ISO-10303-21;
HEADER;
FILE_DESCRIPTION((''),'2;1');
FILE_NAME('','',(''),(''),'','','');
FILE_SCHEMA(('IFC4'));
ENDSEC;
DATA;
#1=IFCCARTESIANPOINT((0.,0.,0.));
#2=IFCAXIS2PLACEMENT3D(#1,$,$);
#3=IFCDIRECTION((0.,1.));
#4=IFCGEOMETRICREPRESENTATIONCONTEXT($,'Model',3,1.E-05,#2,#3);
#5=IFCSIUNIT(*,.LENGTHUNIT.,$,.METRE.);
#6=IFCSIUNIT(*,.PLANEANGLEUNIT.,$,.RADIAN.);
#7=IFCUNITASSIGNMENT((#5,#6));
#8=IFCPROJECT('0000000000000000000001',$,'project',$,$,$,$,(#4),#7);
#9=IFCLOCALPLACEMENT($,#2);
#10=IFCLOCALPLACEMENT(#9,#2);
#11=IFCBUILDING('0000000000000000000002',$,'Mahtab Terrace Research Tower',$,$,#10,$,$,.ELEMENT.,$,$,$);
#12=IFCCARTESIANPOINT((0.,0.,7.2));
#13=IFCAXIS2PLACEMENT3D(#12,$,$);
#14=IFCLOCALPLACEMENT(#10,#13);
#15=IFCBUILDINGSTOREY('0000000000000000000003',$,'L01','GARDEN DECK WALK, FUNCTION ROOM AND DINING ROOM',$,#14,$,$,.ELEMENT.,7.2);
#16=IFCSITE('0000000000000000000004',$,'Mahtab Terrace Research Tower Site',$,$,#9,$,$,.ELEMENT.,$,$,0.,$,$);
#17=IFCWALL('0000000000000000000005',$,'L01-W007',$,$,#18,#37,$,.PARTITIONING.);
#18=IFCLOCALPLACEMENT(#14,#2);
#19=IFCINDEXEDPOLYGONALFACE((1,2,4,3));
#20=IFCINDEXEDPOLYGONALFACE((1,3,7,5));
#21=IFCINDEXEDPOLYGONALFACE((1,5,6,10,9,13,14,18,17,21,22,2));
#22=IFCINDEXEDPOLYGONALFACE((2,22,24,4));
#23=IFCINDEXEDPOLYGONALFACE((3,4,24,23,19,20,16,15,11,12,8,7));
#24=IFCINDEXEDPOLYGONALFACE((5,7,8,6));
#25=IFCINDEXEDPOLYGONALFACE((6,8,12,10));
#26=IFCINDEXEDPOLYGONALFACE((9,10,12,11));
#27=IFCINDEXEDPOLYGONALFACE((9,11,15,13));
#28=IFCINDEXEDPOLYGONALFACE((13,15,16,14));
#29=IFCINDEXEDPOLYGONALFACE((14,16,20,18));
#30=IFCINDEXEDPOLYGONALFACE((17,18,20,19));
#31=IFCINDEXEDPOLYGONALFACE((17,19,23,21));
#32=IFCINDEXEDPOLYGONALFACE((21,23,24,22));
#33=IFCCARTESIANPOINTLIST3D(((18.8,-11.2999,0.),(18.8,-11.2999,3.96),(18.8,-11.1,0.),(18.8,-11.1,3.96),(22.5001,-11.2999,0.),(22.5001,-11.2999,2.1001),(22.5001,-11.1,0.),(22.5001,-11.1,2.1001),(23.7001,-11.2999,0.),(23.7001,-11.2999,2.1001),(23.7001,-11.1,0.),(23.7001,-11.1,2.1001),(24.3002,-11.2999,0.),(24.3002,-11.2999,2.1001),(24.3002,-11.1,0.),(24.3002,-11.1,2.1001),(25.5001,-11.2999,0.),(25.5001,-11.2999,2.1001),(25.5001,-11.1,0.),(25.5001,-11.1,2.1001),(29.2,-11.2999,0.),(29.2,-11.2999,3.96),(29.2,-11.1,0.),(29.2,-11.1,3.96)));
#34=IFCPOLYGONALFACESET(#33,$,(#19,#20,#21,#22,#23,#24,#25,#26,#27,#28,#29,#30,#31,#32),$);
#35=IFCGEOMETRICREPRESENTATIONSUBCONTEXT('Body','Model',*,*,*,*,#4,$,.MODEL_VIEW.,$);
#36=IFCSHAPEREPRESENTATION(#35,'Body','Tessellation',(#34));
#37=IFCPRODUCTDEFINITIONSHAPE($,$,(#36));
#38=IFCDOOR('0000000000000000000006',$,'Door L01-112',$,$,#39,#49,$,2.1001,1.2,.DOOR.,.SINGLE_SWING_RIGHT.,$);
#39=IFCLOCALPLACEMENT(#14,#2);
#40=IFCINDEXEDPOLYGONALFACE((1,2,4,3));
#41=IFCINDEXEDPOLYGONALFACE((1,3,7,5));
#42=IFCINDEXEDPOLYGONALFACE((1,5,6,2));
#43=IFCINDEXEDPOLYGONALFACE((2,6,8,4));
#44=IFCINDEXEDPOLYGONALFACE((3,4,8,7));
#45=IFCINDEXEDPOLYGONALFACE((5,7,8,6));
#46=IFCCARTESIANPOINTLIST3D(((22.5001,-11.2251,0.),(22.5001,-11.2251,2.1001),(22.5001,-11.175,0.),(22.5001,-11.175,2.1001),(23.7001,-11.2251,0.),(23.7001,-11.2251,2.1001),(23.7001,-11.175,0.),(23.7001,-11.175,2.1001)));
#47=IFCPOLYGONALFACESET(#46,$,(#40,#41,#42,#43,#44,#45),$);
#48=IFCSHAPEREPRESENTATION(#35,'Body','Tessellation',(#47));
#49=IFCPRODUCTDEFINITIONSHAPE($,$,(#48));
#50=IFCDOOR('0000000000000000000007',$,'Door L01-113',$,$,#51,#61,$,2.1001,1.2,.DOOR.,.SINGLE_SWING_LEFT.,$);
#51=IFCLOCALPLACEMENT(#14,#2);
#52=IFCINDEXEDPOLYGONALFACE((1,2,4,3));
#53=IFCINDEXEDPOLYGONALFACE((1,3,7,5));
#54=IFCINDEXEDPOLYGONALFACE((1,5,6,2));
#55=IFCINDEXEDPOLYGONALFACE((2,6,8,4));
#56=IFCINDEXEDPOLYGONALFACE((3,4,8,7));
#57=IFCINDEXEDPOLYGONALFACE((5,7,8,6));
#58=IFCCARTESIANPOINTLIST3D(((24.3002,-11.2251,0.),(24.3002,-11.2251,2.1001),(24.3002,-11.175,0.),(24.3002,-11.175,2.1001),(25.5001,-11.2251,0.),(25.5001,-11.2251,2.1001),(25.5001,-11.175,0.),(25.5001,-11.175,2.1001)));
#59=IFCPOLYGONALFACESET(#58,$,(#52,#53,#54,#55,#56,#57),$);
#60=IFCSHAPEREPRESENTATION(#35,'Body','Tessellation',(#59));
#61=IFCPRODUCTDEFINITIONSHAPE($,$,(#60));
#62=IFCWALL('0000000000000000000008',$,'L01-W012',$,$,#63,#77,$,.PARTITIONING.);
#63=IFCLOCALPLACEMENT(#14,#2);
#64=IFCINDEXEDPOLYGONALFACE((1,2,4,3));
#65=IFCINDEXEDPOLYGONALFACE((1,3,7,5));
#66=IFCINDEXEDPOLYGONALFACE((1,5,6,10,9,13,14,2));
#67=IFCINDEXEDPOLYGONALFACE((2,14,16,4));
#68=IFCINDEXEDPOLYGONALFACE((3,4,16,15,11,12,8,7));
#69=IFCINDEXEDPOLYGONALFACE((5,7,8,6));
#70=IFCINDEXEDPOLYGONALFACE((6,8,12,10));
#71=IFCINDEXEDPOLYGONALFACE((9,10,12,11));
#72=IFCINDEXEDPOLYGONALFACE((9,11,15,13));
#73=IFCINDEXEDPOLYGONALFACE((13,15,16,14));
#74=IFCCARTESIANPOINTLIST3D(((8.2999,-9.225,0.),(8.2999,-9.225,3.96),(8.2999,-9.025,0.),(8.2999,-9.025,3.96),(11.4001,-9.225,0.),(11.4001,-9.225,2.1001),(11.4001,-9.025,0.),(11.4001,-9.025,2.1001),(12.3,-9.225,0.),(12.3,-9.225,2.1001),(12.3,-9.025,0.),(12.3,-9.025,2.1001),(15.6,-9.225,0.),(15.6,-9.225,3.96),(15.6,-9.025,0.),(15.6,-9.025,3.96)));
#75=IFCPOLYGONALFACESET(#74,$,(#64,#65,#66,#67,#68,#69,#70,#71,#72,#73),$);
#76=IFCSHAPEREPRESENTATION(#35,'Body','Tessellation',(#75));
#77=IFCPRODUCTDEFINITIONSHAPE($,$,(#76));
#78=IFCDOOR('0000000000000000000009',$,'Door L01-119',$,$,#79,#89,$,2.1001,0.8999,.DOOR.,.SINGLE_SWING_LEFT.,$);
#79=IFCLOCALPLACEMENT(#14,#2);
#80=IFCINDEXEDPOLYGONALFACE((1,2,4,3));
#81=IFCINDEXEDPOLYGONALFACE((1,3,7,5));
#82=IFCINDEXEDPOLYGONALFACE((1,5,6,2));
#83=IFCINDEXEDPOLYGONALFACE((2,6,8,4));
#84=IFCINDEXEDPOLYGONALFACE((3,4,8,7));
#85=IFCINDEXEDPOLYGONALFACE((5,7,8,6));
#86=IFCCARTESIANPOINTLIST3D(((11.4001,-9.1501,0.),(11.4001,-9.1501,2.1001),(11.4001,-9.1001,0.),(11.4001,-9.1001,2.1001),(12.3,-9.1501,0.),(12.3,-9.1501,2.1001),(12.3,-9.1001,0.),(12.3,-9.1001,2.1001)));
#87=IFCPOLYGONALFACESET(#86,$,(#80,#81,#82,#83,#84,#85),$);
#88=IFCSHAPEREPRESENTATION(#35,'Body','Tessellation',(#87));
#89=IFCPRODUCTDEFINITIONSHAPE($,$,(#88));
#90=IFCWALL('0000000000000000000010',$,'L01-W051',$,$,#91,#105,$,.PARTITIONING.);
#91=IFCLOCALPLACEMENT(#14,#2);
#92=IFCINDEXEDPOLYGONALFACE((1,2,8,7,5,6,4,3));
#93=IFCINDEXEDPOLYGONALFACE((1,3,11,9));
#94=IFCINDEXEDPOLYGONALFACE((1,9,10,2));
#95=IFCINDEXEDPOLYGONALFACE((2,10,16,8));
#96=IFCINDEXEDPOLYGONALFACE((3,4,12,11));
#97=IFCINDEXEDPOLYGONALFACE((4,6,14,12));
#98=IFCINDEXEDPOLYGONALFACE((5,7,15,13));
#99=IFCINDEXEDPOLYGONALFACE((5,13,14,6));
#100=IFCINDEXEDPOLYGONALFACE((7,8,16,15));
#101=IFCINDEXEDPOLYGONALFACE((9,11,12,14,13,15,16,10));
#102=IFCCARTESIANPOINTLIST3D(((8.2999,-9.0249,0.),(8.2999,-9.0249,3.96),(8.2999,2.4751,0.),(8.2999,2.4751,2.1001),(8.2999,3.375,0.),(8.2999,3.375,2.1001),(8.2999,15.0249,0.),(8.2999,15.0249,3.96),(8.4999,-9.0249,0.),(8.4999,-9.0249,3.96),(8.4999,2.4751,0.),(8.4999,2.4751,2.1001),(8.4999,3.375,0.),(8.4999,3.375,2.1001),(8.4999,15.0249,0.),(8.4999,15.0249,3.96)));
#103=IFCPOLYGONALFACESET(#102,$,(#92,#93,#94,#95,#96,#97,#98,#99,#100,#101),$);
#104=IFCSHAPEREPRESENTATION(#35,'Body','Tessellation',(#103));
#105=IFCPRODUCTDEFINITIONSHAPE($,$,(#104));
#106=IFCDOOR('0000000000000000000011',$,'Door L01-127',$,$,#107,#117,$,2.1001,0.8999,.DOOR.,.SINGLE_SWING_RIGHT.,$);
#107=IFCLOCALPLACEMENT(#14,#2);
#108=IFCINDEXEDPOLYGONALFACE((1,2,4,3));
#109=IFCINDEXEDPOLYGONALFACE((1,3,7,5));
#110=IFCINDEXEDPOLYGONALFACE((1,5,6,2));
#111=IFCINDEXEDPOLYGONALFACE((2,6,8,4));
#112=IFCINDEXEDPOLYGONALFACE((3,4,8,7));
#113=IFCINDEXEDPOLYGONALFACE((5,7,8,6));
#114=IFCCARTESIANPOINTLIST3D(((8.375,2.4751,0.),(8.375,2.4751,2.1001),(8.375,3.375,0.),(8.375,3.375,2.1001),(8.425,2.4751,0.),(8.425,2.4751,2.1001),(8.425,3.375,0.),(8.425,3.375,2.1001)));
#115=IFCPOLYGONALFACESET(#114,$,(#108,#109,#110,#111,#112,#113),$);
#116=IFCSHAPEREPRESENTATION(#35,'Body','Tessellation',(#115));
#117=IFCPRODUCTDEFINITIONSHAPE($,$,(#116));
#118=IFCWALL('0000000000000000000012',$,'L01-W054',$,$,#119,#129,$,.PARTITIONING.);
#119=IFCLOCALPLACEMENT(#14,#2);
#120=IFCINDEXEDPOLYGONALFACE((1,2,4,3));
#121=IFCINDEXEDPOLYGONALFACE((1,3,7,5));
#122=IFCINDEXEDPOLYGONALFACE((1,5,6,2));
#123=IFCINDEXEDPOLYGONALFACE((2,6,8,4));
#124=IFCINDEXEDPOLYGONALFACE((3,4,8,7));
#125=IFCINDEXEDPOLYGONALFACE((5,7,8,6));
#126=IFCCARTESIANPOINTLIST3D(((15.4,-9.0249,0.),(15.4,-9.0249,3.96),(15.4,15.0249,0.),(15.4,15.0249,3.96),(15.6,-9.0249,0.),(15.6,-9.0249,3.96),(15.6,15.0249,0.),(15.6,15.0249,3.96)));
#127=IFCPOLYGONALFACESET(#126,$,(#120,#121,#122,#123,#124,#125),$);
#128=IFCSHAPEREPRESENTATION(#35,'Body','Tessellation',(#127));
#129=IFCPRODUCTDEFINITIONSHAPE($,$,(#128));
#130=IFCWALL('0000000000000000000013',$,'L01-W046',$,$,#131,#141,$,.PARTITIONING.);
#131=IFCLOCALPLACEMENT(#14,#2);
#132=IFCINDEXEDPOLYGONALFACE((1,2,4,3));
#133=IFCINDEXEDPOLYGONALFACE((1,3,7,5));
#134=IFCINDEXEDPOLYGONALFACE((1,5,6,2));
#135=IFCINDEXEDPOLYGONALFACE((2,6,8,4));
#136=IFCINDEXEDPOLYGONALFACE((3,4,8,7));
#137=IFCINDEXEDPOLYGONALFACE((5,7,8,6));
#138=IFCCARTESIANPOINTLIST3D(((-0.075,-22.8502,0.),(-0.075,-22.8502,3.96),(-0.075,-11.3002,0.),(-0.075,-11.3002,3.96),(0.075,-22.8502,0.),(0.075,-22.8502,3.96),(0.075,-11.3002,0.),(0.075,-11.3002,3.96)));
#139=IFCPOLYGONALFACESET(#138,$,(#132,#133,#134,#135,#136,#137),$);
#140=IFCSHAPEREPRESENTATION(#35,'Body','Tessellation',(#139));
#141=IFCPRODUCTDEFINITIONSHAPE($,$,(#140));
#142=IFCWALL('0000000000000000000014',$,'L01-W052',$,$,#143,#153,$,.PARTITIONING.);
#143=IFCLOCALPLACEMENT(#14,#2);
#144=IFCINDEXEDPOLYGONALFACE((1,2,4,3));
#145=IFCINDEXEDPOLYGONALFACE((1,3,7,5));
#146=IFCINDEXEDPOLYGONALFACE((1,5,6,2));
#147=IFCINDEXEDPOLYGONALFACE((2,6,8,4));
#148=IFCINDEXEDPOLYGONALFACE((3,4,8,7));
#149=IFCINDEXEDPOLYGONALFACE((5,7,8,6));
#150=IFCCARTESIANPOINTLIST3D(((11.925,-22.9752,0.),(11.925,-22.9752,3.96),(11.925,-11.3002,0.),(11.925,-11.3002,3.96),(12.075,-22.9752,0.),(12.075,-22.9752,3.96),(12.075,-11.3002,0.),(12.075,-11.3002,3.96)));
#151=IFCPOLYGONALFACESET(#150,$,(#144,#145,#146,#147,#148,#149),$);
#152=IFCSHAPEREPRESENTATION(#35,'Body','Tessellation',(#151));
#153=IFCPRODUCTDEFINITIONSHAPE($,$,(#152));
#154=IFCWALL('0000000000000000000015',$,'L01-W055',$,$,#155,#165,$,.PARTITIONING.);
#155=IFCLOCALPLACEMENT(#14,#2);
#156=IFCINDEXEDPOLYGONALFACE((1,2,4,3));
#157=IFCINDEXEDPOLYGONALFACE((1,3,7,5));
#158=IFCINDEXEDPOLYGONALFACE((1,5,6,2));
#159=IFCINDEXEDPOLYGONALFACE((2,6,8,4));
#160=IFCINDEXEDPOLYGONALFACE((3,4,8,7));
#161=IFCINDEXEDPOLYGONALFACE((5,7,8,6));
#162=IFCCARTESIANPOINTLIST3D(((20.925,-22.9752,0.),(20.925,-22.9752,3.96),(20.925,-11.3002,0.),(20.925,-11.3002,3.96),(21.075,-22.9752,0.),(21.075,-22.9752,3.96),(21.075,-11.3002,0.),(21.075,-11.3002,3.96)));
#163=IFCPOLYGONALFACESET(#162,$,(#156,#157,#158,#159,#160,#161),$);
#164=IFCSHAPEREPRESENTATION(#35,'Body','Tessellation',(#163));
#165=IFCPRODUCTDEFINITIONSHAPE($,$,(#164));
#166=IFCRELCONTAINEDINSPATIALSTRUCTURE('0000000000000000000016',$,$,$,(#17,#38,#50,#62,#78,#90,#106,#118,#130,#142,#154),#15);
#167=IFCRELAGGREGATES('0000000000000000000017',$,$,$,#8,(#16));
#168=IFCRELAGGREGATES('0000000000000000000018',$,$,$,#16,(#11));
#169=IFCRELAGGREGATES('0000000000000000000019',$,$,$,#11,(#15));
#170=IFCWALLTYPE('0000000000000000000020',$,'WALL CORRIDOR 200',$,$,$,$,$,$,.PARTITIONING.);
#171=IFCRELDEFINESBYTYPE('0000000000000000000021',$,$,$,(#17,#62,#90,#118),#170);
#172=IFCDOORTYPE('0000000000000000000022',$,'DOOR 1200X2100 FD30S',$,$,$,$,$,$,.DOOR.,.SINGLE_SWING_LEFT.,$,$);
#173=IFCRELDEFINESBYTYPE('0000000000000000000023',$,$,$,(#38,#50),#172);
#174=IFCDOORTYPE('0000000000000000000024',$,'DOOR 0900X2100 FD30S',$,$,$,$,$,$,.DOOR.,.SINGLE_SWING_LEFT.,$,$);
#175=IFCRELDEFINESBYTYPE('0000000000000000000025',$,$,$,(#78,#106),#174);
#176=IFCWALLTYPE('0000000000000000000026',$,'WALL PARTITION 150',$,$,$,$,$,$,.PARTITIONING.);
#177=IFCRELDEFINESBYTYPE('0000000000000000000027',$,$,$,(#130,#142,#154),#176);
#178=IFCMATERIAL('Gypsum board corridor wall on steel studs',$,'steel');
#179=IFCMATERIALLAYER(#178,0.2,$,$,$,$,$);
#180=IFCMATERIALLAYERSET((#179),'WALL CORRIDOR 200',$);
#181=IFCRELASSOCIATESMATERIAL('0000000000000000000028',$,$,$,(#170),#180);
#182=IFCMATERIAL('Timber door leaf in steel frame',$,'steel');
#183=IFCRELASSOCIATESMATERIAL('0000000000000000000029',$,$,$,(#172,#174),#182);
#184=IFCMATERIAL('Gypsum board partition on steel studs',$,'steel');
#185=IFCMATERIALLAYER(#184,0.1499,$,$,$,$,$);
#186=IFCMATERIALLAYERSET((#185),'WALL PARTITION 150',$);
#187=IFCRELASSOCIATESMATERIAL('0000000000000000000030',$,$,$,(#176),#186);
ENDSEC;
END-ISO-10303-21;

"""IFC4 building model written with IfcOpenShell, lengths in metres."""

from ifc_helpers import new_model, si_unit, direction, frame, frame_2d, origin, place, context, subcontext, project, spatial, rectangle, extrude, material, layer, layer_set, type_object, element, fill, save


model = new_model("IFC4")

# Units and contexts
model_context = context("Model", 3, precision=1e-05, world=origin(), true_north=direction((0.0, 1.0)))
body_context = subcontext(model_context, "Body", "Model", "MODEL_VIEW")
ifc_project = project(units=[si_unit("LENGTHUNIT", "METRE"), si_unit("PLANEANGLEUNIT", "RADIAN")], contexts=[model_context])

# Site, building, storey
site_placement = place(None, origin())
site = spatial("IfcSite", under=ifc_project, at=site_placement, Name="Mahtab Terrace Research Tower Site", CompositionType="ELEMENT", RefElevation=0.0)
building_placement = place(site_placement, origin())
building = spatial("IfcBuilding", under=site, at=building_placement, Name="Mahtab Terrace Research Tower", CompositionType="ELEMENT")
storey_placement = place(building_placement, frame((0.0, 0.0, 7.2)))
storey = spatial("IfcBuildingStorey", under=building, at=storey_placement, Name="L01", Description="GARDEN DECK WALK, FUNCTION ROOM AND DINING ROOM", CompositionType="ELEMENT", Elevation=7.2)

# Wall, openings, doors
ifc_material_1 = material(Name="Gypsum board corridor wall on steel studs", Category="steel")
ifc_layer_1 = layer(ifc_material_1, 0.2)
ifc_layer_set_1 = layer_set([ifc_layer_1], Name="WALL CORRIDOR 200")
wall_type_1 = type_object("IfcWallType", Name="WALL CORRIDOR 200", PredefinedType="PARTITIONING", material=ifc_layer_set_1)
ifc_material_2 = material(Name="Timber door leaf in steel frame", Category="steel")
door_type_1 = type_object("IfcDoorType", Name="DOOR 1200X2100 FD30S", OperationType="SINGLE_SWING_LEFT", PredefinedType="DOOR", material=ifc_material_2)
wall_1_placement = place(storey_placement, frame((18.8, -11.2, 0.0), z_axis=(0.0, 0.0, 1.0), x_axis=(1.0, 0.0, 0.0)))
wall_1 = element("IfcWall", 1, at=wall_1_placement, inside=storey, type_object=wall_type_1, Name="L01-W007", PredefinedType="PARTITIONING", context=body_context, shape_type="SweptSolid", body=[
    extrude(rectangle(XDim=10.3999, YDim=0.2, at=frame_2d((5.2, 0.0))), origin(), (0.0, 0.0, 1.0), 3.96),
])
opening_1_placement = place(wall_1_placement, frame((3.7, 0.0, 0.0)))
opening_1 = element("IfcOpeningElement", 2, at=opening_1_placement, cuts=wall_1, PredefinedType="OPENING", context=body_context, shape_type="SweptSolid", body=[
    extrude(rectangle(XDim=1.2, YDim=2.1001, at=frame_2d((0.6001, 1.05))), frame((0.0, 0.1099, 0.0), z_axis=(0.0, -1.0, 0.0), x_axis=(1.0, 0.0, 0.0)), (0.0, 0.0, 1.0), 0.22),
])
opening_2_placement = place(wall_1_placement, frame((5.5, 0.0, 0.0)))
opening_2 = element("IfcOpeningElement", 3, at=opening_2_placement, cuts=wall_1, PredefinedType="OPENING", context=body_context, shape_type="SweptSolid", body=[
    extrude(rectangle(XDim=1.2, YDim=2.1001, at=frame_2d((0.6001, 1.05))), frame((0.0, 0.1099, 0.0), z_axis=(0.0, -1.0, 0.0), x_axis=(1.0, 0.0, 0.0)), (0.0, 0.0, 1.0), 0.22),
])
door_1_placement = place(opening_1_placement, origin())
door_1 = element("IfcDoor", 4, at=door_1_placement, inside=storey, type_object=door_type_1, Name="Door L01-112", OperationType="SINGLE_SWING_RIGHT", OverallHeight=2.1001, OverallWidth=1.2, PredefinedType="DOOR", context=body_context, shape_type="SweptSolid", body=[
    extrude(rectangle(XDim=1.2, YDim=2.1001, at=frame_2d((0.6001, 1.05))), frame((0.0, 0.0249, 0.0), z_axis=(0.0, -1.0, 0.0), x_axis=(1.0, 0.0, 0.0)), (0.0, 0.0, 1.0), 0.05),
])
fill(opening_1, door_1)
door_2_placement = place(opening_2_placement, origin())
door_2 = element("IfcDoor", 5, at=door_2_placement, inside=storey, type_object=door_type_1, Name="Door L01-113", OperationType="SINGLE_SWING_LEFT", OverallHeight=2.1001, OverallWidth=1.2, PredefinedType="DOOR", context=body_context, shape_type="SweptSolid", body=[
    extrude(rectangle(XDim=1.2, YDim=2.1001, at=frame_2d((0.6001, 1.05))), frame((0.0, 0.0249, 0.0), z_axis=(0.0, -1.0, 0.0), x_axis=(1.0, 0.0, 0.0)), (0.0, 0.0, 1.0), 0.05),
])
fill(opening_2, door_2)

# Walls, openings, doors
wall_2_placement = place(storey_placement, frame((8.3, -9.125, 0.0), z_axis=(0.0, 0.0, 1.0), x_axis=(1.0, 0.0, 0.0)))
wall_2 = element("IfcWall", 6, at=wall_2_placement, inside=storey, type_object=wall_type_1, Name="L01-W012", PredefinedType="PARTITIONING", context=body_context, shape_type="SweptSolid", body=[
    extrude(rectangle(XDim=7.3, YDim=0.2, at=frame_2d((3.6499, 0.0))), origin(), (0.0, 0.0, 1.0), 3.96),
])
opening_3_placement = place(wall_2_placement, frame((3.1001, 0.0, 0.0)))
opening_3 = element("IfcOpeningElement", 7, at=opening_3_placement, cuts=wall_2, PredefinedType="OPENING", context=body_context, shape_type="SweptSolid", body=[
    extrude(rectangle(XDim=0.8999, YDim=2.1001, at=frame_2d((0.45, 1.05))), frame((0.0, 0.1099, 0.0), z_axis=(0.0, -1.0, 0.0), x_axis=(1.0, 0.0, 0.0)), (0.0, 0.0, 1.0), 0.22),
])
door_type_2 = type_object("IfcDoorType", Name="DOOR 0900X2100 FD30S", OperationType="SINGLE_SWING_LEFT", PredefinedType="DOOR", material=ifc_material_2)
door_3_placement = place(opening_3_placement, origin())
door_3 = element("IfcDoor", 8, at=door_3_placement, inside=storey, type_object=door_type_2, Name="Door L01-119", OperationType="SINGLE_SWING_LEFT", OverallHeight=2.1001, OverallWidth=0.8999, PredefinedType="DOOR", context=body_context, shape_type="SweptSolid", body=[
    extrude(rectangle(XDim=0.8999, YDim=2.1001, at=frame_2d((0.45, 1.05))), frame((0.0, 0.0249, 0.0), z_axis=(0.0, -1.0, 0.0), x_axis=(1.0, 0.0, 0.0)), (0.0, 0.0, 1.0), 0.05),
])
fill(opening_3, door_3)
wall_3_placement = place(storey_placement, frame((8.3999, -9.0249, 0.0), z_axis=(0.0, 0.0, 1.0), x_axis=(0.0, 1.0, 0.0)))
wall_3 = element("IfcWall", 9, at=wall_3_placement, inside=storey, type_object=wall_type_1, Name="L01-W051", PredefinedType="PARTITIONING", context=body_context, shape_type="SweptSolid", body=[
    extrude(rectangle(XDim=24.0498, YDim=0.2, at=frame_2d((12.0249, 0.0))), origin(), (0.0, 0.0, 1.0), 3.96),
])
opening_4_placement = place(wall_3_placement, frame((11.5, 0.0, 0.0)))
opening_4 = element("IfcOpeningElement", 10, at=opening_4_placement, cuts=wall_3, PredefinedType="OPENING", context=body_context, shape_type="SweptSolid", body=[
    extrude(rectangle(XDim=0.8999, YDim=2.1001, at=frame_2d((0.45, 1.05))), frame((0.0, 0.1099, 0.0), z_axis=(0.0, -1.0, 0.0), x_axis=(1.0, 0.0, 0.0)), (0.0, 0.0, 1.0), 0.22),
])
door_4_placement = place(opening_4_placement, origin())
door_4 = element("IfcDoor", 11, at=door_4_placement, inside=storey, type_object=door_type_2, Name="Door L01-127", OperationType="SINGLE_SWING_RIGHT", OverallHeight=2.1001, OverallWidth=0.8999, PredefinedType="DOOR", context=body_context, shape_type="SweptSolid", body=[
    extrude(rectangle(XDim=0.8999, YDim=2.1001, at=frame_2d((0.45, 1.05))), frame((0.0, 0.0249, 0.0), z_axis=(0.0, -1.0, 0.0), x_axis=(1.0, 0.0, 0.0)), (0.0, 0.0, 1.0), 0.05),
])
fill(opening_4, door_4)

# Walls
wall_4_placement = place(storey_placement, frame((15.5, -9.0249, 0.0), z_axis=(0.0, 0.0, 1.0), x_axis=(0.0, 1.0, 0.0)))
element("IfcWall", 12, at=wall_4_placement, inside=storey, type_object=wall_type_1, Name="L01-W054", PredefinedType="PARTITIONING", context=body_context, shape_type="SweptSolid", body=[
    extrude(rectangle(XDim=24.0498, YDim=0.2, at=frame_2d((12.0249, 0.0))), origin(), (0.0, 0.0, 1.0), 3.96),
])
ifc_material_3 = material(Name="Gypsum board partition on steel studs", Category="steel")
ifc_layer_2 = layer(ifc_material_3, 0.1499)
ifc_layer_set_2 = layer_set([ifc_layer_2], Name="WALL PARTITION 150")
wall_type_2 = type_object("IfcWallType", Name="WALL PARTITION 150", PredefinedType="PARTITIONING", material=ifc_layer_set_2)
wall_5_placement = place(storey_placement, frame((0.0, -22.8501, 0.0), z_axis=(0.0, 0.0, 1.0), x_axis=(0.0, 1.0, 0.0)))
element("IfcWall", 13, at=wall_5_placement, inside=storey, type_object=wall_type_2, Name="L01-W046", PredefinedType="PARTITIONING", context=body_context, shape_type="SweptSolid", body=[
    extrude(rectangle(XDim=11.55, YDim=0.1499, at=frame_2d((5.7749, 0.0))), origin(), (0.0, 0.0, 1.0), 3.96),
])
for number, where, z_axis, x_axis, name in (
    (14, (12.0, -22.9751, 0.0), (0.0, 0.0, 1.0), (0.0, 1.0, 0.0), "L01-W052"),
    (15, (21.0, -22.9751, 0.0), (0.0, 0.0, 1.0), (0.0, 1.0, 0.0), "L01-W055"),
):
    element("IfcWall", number, at=place(storey_placement, frame(where, z_axis=z_axis, x_axis=x_axis)), inside=storey, type_object=wall_type_2, Name=name, PredefinedType="PARTITIONING", context=body_context, shape_type="SweptSolid", body=[
        extrude(rectangle(XDim=11.675, YDim=0.1499, at=frame_2d((5.8374, 0.0))), origin(), (0.0, 0.0, 1.0), 3.96),
    ])

save(model, "model.ifc")
